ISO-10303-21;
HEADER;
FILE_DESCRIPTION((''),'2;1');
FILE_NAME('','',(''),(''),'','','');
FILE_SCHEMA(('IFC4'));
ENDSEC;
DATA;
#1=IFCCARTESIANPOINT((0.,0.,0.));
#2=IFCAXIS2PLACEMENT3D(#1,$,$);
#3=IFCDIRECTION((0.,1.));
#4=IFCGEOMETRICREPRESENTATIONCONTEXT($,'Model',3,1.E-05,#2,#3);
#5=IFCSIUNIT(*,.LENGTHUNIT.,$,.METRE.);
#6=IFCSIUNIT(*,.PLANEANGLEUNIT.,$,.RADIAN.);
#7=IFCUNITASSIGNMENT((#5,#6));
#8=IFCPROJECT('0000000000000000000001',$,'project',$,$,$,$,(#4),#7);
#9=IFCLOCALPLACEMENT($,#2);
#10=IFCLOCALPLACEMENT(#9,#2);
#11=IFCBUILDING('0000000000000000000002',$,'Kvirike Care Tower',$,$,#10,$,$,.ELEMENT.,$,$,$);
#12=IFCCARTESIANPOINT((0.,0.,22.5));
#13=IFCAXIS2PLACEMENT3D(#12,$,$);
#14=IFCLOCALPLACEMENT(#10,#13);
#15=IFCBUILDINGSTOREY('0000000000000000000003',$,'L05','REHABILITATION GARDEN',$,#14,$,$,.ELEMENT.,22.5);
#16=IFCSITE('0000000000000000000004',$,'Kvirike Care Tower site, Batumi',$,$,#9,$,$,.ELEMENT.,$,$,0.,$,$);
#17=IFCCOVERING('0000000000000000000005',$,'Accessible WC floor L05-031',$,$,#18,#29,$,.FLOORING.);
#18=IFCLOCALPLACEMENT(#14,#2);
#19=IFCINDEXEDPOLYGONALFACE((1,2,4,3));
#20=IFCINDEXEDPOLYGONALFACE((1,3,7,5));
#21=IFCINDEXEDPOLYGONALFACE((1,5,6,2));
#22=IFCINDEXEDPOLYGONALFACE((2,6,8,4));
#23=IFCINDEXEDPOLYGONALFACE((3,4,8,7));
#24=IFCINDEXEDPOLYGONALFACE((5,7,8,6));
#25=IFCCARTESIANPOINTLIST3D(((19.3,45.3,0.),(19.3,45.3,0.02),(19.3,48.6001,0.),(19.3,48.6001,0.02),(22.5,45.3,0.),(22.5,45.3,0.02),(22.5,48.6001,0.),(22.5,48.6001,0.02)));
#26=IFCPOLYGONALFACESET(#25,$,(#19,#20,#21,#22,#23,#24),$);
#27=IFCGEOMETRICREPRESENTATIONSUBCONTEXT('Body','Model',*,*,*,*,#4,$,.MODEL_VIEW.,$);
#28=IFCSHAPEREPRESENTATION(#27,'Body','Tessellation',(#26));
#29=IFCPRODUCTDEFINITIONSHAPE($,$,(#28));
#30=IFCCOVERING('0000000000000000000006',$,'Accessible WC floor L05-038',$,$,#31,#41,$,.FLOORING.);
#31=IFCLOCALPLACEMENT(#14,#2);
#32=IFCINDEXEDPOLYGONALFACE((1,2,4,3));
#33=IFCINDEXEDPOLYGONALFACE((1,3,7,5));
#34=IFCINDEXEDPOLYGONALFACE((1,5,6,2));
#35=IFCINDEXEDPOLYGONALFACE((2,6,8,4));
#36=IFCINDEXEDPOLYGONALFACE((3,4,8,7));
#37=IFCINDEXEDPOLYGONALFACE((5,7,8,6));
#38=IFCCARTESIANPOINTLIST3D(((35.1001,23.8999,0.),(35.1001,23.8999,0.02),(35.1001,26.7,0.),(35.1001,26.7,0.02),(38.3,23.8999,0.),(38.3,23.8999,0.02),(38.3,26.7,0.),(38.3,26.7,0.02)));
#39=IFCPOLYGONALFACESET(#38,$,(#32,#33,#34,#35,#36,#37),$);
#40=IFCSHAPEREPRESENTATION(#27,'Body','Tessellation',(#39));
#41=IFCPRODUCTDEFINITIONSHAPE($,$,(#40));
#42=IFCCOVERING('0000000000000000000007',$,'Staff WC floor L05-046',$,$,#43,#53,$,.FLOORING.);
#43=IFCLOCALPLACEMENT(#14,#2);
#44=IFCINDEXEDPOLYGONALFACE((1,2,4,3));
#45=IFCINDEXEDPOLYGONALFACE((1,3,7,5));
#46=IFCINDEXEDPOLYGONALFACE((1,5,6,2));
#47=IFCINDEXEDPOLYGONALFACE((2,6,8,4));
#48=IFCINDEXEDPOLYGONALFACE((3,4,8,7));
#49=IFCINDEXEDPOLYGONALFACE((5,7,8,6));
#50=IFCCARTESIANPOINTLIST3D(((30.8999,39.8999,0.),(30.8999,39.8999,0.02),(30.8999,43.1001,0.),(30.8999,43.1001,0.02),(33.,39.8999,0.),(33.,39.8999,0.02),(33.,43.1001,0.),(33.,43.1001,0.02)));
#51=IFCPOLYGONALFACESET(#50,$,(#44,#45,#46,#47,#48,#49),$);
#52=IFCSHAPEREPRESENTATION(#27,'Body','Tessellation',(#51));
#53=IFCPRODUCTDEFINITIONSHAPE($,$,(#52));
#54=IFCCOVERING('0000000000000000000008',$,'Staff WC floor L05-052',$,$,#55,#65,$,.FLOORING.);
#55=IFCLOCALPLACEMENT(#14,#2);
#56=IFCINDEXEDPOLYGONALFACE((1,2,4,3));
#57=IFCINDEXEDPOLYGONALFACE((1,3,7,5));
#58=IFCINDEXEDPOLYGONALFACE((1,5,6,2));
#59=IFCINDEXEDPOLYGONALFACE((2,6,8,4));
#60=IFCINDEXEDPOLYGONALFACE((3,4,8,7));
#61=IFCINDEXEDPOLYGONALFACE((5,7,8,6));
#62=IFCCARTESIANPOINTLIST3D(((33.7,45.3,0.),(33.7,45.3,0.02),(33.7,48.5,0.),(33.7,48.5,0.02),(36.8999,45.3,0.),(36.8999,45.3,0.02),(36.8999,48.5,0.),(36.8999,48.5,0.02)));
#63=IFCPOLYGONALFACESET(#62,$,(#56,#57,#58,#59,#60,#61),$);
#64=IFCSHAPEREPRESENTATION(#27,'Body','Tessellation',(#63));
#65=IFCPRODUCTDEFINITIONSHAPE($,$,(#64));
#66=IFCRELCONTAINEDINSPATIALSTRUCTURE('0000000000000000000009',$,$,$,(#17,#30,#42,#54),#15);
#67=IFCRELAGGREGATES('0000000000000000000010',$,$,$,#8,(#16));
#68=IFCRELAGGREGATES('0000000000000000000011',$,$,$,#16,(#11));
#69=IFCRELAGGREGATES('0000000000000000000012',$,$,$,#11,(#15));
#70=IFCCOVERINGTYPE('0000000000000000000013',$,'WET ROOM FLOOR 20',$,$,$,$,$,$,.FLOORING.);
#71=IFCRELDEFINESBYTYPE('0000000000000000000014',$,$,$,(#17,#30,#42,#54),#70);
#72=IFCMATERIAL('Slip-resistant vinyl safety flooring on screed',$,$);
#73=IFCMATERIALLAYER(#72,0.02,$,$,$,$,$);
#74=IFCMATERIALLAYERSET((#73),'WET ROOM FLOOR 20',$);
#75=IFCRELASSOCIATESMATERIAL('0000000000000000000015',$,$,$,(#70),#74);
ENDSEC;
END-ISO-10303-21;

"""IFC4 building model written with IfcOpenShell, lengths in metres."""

from ifc_helpers import new_model, si_unit, direction, frame, origin, place, context, subcontext, project, spatial, polyline, outline, extrude, material, layer, layer_set, type_object, element, save


model = new_model("IFC4")

# Units and contexts
model_context = context("Model", 3, precision=1e-05, world=origin(), true_north=direction((0.0, 1.0)))
body_context = subcontext(model_context, "Body", "Model", "MODEL_VIEW")
ifc_project = project(units=[si_unit("LENGTHUNIT", "METRE"), si_unit("PLANEANGLEUNIT", "RADIAN")], contexts=[model_context])

# Site, building, storey
site_placement = place(None, origin())
site = spatial("IfcSite", under=ifc_project, at=site_placement, Name="Kvirike Care Tower site, Batumi", CompositionType="ELEMENT", RefElevation=0.0)
building_placement = place(site_placement, origin())
building = spatial("IfcBuilding", under=site, at=building_placement, Name="Kvirike Care Tower", CompositionType="ELEMENT")
storey_placement = place(building_placement, frame((0.0, 0.0, 22.5)))
storey = spatial("IfcBuildingStorey", under=building, at=storey_placement, Name="L05", Description="REHABILITATION GARDEN", CompositionType="ELEMENT", Elevation=22.5)

# Coverings
ifc_material_1 = material(Name="Slip-resistant vinyl safety flooring on screed")
ifc_layer_1 = layer(ifc_material_1, 0.02)
ifc_layer_set_1 = layer_set([ifc_layer_1], Name="WET ROOM FLOOR 20")
covering_type = type_object("IfcCoveringType", Name="WET ROOM FLOOR 20", PredefinedType="FLOORING", material=ifc_layer_set_1)
covering_1_placement = place(storey_placement, origin())
element("IfcCovering", 1, at=covering_1_placement, inside=storey, type_object=covering_type, Name="Accessible WC floor L05-031", PredefinedType="FLOORING", context=body_context, shape_type="SweptSolid", body=[
    extrude(outline(polyline([(22.5, 45.3), (19.3, 45.3), (19.3, 48.6001), (22.5, 48.6001), (22.5, 45.3)])), origin(), (0.0, 0.0, 1.0), 0.02),
])
covering_2_placement = place(storey_placement, origin())
element("IfcCovering", 2, at=covering_2_placement, inside=storey, type_object=covering_type, Name="Accessible WC floor L05-038", PredefinedType="FLOORING", context=body_context, shape_type="SweptSolid", body=[
    extrude(outline(polyline([(35.1001, 26.7), (38.3, 26.7), (38.3, 23.8999), (35.1001, 23.8999), (35.1001, 26.7)])), origin(), (0.0, 0.0, 1.0), 0.02),
])
covering_3_placement = place(storey_placement, origin())
element("IfcCovering", 3, at=covering_3_placement, inside=storey, type_object=covering_type, Name="Staff WC floor L05-046", PredefinedType="FLOORING", context=body_context, shape_type="SweptSolid", body=[
    extrude(outline(polyline([(30.8999, 39.8999), (30.8999, 43.1001), (33.0, 43.1001), (33.0, 39.8999), (30.8999, 39.8999)])), origin(), (0.0, 0.0, 1.0), 0.02),
])
covering_4_placement = place(storey_placement, origin())
element("IfcCovering", 4, at=covering_4_placement, inside=storey, type_object=covering_type, Name="Staff WC floor L05-052", PredefinedType="FLOORING", context=body_context, shape_type="SweptSolid", body=[
    extrude(outline(polyline([(36.8999, 45.3), (33.7, 45.3), (33.7, 48.5), (36.8999, 48.5), (36.8999, 45.3)])), origin(), (0.0, 0.0, 1.0), 0.02),
])

save(model, "model.ifc")
